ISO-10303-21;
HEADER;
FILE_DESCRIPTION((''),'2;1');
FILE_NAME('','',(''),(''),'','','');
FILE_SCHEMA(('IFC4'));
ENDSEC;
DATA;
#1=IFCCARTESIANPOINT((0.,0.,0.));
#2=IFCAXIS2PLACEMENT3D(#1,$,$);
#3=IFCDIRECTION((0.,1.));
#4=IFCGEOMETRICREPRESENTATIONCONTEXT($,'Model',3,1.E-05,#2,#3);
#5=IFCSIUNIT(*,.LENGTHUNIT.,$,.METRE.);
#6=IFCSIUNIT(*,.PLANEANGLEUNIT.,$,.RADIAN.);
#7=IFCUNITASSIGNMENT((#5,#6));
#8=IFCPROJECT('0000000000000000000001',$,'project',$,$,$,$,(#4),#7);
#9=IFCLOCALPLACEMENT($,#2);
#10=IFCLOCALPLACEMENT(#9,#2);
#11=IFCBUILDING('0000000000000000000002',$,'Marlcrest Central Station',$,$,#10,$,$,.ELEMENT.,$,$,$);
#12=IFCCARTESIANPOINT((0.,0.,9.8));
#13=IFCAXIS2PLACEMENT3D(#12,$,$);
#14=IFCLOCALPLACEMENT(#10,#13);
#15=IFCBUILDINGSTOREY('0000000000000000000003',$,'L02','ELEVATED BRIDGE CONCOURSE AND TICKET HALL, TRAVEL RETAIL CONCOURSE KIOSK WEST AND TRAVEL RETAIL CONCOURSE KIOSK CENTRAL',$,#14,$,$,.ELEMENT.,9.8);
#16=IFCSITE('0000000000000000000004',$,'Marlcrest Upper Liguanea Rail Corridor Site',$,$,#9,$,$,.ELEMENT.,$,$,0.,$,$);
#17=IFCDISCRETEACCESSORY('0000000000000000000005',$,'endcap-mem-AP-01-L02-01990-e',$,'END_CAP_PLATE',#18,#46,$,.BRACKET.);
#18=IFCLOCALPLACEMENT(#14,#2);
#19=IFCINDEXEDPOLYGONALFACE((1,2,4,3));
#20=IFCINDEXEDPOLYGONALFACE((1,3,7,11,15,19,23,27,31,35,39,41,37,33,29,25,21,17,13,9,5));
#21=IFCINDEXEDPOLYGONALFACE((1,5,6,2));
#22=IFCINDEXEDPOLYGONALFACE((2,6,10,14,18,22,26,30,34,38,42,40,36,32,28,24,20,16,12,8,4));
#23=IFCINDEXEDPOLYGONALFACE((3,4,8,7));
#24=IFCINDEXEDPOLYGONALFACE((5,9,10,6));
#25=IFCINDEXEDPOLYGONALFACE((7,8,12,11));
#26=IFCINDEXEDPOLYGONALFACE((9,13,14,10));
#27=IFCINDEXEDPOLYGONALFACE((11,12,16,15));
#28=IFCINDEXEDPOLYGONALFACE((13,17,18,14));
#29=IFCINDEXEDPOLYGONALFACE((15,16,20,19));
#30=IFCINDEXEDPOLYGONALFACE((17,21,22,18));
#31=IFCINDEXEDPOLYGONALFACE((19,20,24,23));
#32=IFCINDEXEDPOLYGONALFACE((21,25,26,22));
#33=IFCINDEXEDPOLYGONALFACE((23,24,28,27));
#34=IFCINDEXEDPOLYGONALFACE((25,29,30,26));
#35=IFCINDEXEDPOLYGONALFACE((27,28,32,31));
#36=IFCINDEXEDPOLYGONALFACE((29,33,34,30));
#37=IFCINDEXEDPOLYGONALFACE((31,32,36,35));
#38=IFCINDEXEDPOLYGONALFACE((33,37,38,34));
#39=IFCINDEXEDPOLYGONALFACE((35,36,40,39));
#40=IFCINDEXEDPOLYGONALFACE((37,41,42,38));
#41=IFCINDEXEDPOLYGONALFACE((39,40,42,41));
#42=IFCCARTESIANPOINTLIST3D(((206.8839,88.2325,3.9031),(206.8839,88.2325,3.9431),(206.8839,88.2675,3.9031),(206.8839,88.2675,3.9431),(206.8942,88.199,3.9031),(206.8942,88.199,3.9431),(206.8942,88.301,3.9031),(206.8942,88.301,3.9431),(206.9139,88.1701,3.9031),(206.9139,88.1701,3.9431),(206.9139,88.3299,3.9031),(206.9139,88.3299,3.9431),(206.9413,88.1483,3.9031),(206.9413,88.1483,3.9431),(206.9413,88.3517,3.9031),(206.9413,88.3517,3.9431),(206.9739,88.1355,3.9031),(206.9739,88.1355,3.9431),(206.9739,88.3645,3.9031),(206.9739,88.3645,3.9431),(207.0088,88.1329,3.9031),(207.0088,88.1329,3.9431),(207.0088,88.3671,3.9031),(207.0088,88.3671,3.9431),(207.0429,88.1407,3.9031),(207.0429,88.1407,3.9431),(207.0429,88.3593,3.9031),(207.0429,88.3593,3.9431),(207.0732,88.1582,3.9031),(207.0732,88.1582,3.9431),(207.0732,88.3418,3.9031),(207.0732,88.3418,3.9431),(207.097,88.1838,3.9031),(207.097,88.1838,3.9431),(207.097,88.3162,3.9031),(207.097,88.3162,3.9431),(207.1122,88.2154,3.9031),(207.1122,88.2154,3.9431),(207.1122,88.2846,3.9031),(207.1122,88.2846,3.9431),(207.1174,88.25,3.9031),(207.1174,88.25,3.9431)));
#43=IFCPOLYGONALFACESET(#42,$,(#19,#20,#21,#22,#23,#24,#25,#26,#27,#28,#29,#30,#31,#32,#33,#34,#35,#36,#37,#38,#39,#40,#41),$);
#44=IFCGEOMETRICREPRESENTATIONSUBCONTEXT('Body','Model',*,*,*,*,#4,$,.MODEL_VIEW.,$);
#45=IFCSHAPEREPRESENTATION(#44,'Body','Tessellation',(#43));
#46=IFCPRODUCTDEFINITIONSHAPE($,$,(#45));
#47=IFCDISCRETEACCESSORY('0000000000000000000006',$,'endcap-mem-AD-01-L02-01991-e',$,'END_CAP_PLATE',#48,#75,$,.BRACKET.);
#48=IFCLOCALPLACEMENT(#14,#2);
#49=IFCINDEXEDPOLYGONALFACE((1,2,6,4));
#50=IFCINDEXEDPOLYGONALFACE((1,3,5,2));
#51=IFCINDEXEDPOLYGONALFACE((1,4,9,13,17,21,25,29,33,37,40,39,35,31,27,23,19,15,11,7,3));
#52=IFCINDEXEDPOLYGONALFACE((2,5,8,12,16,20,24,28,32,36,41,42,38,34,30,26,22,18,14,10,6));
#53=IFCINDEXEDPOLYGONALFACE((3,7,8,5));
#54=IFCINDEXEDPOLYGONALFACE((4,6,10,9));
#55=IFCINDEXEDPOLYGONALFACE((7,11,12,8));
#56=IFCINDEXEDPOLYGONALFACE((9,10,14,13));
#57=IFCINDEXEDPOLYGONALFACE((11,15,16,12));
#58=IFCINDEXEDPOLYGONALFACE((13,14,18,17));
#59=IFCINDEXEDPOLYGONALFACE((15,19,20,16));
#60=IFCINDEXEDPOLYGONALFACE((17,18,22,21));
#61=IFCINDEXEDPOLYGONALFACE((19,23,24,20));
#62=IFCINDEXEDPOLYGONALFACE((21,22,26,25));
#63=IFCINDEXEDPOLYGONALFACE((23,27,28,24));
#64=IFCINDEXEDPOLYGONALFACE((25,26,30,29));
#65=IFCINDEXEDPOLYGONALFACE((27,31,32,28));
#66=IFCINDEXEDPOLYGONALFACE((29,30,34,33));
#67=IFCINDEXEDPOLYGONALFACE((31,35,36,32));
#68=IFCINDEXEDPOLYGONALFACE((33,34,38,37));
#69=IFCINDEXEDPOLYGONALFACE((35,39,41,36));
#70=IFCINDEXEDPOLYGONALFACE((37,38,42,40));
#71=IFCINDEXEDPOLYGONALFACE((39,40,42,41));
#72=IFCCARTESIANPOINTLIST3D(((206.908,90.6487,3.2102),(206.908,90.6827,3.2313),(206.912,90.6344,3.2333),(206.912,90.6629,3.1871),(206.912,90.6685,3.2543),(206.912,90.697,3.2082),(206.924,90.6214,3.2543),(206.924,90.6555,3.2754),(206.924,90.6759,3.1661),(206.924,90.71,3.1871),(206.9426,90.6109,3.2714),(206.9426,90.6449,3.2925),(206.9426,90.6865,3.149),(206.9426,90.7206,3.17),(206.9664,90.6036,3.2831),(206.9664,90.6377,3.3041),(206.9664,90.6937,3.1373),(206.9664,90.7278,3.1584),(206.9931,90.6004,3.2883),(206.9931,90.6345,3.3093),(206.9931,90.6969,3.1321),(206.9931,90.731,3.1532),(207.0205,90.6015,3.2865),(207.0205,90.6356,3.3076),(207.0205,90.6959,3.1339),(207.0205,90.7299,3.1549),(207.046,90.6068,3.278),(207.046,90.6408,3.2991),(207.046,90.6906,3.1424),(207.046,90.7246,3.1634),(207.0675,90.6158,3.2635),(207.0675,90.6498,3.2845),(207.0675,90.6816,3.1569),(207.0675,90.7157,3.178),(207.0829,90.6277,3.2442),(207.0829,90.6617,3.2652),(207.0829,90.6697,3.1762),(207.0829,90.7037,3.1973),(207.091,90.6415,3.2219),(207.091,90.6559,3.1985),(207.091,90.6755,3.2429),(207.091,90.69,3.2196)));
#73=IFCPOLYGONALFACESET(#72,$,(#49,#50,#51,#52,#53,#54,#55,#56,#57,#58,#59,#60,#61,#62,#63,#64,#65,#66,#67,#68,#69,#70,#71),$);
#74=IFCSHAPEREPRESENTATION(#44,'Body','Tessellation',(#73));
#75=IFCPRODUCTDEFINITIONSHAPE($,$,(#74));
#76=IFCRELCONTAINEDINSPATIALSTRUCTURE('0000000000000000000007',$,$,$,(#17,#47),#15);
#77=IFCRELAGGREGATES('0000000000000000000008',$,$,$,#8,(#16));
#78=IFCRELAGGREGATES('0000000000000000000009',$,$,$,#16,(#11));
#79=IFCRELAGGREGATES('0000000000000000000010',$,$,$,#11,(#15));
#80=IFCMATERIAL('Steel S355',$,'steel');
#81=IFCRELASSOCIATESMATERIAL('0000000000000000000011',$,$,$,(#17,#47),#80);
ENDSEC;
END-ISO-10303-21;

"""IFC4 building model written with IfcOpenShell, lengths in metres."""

from ifc_helpers import new_model, si_unit, direction, frame, origin, origin_2d, place, context, subcontext, project, spatial, circle, extrude, material, element, save


model = new_model("IFC4")

# Units and contexts
model_context = context("Model", 3, precision=1e-05, world=origin(), true_north=direction((0.0, 1.0)))
body_context = subcontext(model_context, "Body", "Model", "MODEL_VIEW")
ifc_project = project(units=[si_unit("LENGTHUNIT", "METRE"), si_unit("PLANEANGLEUNIT", "RADIAN")], contexts=[model_context])

# Site, building, storey
site_placement = place(None, origin())
site = spatial("IfcSite", under=ifc_project, at=site_placement, Name="Marlcrest Upper Liguanea Rail Corridor Site", CompositionType="ELEMENT", RefElevation=0.0)
building_placement = place(site_placement, origin())
building = spatial("IfcBuilding", under=site, at=building_placement, Name="Marlcrest Central Station", CompositionType="ELEMENT")
storey_placement = place(building_placement, frame((0.0, 0.0, 9.8)))
storey = spatial("IfcBuildingStorey", under=building, at=storey_placement, Name="L02", Description="ELEVATED BRIDGE CONCOURSE AND TICKET HALL, TRAVEL RETAIL CONCOURSE KIOSK WEST AND TRAVEL RETAIL CONCOURSE KIOSK CENTRAL", CompositionType="ELEMENT", Elevation=9.8)

# Shared definitions
ifc_material_1 = material(Name="Steel S355", Category="steel")

# Discrete accessories
for number, where, z_axis, x_axis, name in (
    (1, (207.0, 88.25, 3.9031), (0.0, 0.0, 1.0), (1.0, 0.0, 0.0), "endcap-mem-AP-01-L02-01990-e"),
):
    element("IfcDiscreteAccessory", number, at=place(storey_placement, frame(where, z_axis=z_axis, x_axis=x_axis)), inside=storey, material=ifc_material_1, Name=name, ObjectType="END_CAP_PLATE", PredefinedType="BRACKET", context=body_context, shape_type="SweptSolid", body=[
        extrude(circle(Radius=0.1174, at=origin_2d()), origin(), (0.0, 0.0, 1.0), 0.04),
    ])
discrete_accessory_1_placement = place(storey_placement, frame((207.0, 90.6487, 3.2102), z_axis=(0.0, 0.850687, 0.525672), x_axis=(-1.0, 0.0, 0.0)))
element("IfcDiscreteAccessory", 2, at=discrete_accessory_1_placement, inside=storey, material=ifc_material_1, Name="endcap-mem-AD-01-L02-01991-e", ObjectType="END_CAP_PLATE", PredefinedType="BRACKET", context=body_context, shape_type="SweptSolid", body=[
    extrude(circle(Radius=0.092, at=origin_2d()), origin(), (0.0, 0.0, 1.0), 0.04),
])

save(model, "model.ifc")
